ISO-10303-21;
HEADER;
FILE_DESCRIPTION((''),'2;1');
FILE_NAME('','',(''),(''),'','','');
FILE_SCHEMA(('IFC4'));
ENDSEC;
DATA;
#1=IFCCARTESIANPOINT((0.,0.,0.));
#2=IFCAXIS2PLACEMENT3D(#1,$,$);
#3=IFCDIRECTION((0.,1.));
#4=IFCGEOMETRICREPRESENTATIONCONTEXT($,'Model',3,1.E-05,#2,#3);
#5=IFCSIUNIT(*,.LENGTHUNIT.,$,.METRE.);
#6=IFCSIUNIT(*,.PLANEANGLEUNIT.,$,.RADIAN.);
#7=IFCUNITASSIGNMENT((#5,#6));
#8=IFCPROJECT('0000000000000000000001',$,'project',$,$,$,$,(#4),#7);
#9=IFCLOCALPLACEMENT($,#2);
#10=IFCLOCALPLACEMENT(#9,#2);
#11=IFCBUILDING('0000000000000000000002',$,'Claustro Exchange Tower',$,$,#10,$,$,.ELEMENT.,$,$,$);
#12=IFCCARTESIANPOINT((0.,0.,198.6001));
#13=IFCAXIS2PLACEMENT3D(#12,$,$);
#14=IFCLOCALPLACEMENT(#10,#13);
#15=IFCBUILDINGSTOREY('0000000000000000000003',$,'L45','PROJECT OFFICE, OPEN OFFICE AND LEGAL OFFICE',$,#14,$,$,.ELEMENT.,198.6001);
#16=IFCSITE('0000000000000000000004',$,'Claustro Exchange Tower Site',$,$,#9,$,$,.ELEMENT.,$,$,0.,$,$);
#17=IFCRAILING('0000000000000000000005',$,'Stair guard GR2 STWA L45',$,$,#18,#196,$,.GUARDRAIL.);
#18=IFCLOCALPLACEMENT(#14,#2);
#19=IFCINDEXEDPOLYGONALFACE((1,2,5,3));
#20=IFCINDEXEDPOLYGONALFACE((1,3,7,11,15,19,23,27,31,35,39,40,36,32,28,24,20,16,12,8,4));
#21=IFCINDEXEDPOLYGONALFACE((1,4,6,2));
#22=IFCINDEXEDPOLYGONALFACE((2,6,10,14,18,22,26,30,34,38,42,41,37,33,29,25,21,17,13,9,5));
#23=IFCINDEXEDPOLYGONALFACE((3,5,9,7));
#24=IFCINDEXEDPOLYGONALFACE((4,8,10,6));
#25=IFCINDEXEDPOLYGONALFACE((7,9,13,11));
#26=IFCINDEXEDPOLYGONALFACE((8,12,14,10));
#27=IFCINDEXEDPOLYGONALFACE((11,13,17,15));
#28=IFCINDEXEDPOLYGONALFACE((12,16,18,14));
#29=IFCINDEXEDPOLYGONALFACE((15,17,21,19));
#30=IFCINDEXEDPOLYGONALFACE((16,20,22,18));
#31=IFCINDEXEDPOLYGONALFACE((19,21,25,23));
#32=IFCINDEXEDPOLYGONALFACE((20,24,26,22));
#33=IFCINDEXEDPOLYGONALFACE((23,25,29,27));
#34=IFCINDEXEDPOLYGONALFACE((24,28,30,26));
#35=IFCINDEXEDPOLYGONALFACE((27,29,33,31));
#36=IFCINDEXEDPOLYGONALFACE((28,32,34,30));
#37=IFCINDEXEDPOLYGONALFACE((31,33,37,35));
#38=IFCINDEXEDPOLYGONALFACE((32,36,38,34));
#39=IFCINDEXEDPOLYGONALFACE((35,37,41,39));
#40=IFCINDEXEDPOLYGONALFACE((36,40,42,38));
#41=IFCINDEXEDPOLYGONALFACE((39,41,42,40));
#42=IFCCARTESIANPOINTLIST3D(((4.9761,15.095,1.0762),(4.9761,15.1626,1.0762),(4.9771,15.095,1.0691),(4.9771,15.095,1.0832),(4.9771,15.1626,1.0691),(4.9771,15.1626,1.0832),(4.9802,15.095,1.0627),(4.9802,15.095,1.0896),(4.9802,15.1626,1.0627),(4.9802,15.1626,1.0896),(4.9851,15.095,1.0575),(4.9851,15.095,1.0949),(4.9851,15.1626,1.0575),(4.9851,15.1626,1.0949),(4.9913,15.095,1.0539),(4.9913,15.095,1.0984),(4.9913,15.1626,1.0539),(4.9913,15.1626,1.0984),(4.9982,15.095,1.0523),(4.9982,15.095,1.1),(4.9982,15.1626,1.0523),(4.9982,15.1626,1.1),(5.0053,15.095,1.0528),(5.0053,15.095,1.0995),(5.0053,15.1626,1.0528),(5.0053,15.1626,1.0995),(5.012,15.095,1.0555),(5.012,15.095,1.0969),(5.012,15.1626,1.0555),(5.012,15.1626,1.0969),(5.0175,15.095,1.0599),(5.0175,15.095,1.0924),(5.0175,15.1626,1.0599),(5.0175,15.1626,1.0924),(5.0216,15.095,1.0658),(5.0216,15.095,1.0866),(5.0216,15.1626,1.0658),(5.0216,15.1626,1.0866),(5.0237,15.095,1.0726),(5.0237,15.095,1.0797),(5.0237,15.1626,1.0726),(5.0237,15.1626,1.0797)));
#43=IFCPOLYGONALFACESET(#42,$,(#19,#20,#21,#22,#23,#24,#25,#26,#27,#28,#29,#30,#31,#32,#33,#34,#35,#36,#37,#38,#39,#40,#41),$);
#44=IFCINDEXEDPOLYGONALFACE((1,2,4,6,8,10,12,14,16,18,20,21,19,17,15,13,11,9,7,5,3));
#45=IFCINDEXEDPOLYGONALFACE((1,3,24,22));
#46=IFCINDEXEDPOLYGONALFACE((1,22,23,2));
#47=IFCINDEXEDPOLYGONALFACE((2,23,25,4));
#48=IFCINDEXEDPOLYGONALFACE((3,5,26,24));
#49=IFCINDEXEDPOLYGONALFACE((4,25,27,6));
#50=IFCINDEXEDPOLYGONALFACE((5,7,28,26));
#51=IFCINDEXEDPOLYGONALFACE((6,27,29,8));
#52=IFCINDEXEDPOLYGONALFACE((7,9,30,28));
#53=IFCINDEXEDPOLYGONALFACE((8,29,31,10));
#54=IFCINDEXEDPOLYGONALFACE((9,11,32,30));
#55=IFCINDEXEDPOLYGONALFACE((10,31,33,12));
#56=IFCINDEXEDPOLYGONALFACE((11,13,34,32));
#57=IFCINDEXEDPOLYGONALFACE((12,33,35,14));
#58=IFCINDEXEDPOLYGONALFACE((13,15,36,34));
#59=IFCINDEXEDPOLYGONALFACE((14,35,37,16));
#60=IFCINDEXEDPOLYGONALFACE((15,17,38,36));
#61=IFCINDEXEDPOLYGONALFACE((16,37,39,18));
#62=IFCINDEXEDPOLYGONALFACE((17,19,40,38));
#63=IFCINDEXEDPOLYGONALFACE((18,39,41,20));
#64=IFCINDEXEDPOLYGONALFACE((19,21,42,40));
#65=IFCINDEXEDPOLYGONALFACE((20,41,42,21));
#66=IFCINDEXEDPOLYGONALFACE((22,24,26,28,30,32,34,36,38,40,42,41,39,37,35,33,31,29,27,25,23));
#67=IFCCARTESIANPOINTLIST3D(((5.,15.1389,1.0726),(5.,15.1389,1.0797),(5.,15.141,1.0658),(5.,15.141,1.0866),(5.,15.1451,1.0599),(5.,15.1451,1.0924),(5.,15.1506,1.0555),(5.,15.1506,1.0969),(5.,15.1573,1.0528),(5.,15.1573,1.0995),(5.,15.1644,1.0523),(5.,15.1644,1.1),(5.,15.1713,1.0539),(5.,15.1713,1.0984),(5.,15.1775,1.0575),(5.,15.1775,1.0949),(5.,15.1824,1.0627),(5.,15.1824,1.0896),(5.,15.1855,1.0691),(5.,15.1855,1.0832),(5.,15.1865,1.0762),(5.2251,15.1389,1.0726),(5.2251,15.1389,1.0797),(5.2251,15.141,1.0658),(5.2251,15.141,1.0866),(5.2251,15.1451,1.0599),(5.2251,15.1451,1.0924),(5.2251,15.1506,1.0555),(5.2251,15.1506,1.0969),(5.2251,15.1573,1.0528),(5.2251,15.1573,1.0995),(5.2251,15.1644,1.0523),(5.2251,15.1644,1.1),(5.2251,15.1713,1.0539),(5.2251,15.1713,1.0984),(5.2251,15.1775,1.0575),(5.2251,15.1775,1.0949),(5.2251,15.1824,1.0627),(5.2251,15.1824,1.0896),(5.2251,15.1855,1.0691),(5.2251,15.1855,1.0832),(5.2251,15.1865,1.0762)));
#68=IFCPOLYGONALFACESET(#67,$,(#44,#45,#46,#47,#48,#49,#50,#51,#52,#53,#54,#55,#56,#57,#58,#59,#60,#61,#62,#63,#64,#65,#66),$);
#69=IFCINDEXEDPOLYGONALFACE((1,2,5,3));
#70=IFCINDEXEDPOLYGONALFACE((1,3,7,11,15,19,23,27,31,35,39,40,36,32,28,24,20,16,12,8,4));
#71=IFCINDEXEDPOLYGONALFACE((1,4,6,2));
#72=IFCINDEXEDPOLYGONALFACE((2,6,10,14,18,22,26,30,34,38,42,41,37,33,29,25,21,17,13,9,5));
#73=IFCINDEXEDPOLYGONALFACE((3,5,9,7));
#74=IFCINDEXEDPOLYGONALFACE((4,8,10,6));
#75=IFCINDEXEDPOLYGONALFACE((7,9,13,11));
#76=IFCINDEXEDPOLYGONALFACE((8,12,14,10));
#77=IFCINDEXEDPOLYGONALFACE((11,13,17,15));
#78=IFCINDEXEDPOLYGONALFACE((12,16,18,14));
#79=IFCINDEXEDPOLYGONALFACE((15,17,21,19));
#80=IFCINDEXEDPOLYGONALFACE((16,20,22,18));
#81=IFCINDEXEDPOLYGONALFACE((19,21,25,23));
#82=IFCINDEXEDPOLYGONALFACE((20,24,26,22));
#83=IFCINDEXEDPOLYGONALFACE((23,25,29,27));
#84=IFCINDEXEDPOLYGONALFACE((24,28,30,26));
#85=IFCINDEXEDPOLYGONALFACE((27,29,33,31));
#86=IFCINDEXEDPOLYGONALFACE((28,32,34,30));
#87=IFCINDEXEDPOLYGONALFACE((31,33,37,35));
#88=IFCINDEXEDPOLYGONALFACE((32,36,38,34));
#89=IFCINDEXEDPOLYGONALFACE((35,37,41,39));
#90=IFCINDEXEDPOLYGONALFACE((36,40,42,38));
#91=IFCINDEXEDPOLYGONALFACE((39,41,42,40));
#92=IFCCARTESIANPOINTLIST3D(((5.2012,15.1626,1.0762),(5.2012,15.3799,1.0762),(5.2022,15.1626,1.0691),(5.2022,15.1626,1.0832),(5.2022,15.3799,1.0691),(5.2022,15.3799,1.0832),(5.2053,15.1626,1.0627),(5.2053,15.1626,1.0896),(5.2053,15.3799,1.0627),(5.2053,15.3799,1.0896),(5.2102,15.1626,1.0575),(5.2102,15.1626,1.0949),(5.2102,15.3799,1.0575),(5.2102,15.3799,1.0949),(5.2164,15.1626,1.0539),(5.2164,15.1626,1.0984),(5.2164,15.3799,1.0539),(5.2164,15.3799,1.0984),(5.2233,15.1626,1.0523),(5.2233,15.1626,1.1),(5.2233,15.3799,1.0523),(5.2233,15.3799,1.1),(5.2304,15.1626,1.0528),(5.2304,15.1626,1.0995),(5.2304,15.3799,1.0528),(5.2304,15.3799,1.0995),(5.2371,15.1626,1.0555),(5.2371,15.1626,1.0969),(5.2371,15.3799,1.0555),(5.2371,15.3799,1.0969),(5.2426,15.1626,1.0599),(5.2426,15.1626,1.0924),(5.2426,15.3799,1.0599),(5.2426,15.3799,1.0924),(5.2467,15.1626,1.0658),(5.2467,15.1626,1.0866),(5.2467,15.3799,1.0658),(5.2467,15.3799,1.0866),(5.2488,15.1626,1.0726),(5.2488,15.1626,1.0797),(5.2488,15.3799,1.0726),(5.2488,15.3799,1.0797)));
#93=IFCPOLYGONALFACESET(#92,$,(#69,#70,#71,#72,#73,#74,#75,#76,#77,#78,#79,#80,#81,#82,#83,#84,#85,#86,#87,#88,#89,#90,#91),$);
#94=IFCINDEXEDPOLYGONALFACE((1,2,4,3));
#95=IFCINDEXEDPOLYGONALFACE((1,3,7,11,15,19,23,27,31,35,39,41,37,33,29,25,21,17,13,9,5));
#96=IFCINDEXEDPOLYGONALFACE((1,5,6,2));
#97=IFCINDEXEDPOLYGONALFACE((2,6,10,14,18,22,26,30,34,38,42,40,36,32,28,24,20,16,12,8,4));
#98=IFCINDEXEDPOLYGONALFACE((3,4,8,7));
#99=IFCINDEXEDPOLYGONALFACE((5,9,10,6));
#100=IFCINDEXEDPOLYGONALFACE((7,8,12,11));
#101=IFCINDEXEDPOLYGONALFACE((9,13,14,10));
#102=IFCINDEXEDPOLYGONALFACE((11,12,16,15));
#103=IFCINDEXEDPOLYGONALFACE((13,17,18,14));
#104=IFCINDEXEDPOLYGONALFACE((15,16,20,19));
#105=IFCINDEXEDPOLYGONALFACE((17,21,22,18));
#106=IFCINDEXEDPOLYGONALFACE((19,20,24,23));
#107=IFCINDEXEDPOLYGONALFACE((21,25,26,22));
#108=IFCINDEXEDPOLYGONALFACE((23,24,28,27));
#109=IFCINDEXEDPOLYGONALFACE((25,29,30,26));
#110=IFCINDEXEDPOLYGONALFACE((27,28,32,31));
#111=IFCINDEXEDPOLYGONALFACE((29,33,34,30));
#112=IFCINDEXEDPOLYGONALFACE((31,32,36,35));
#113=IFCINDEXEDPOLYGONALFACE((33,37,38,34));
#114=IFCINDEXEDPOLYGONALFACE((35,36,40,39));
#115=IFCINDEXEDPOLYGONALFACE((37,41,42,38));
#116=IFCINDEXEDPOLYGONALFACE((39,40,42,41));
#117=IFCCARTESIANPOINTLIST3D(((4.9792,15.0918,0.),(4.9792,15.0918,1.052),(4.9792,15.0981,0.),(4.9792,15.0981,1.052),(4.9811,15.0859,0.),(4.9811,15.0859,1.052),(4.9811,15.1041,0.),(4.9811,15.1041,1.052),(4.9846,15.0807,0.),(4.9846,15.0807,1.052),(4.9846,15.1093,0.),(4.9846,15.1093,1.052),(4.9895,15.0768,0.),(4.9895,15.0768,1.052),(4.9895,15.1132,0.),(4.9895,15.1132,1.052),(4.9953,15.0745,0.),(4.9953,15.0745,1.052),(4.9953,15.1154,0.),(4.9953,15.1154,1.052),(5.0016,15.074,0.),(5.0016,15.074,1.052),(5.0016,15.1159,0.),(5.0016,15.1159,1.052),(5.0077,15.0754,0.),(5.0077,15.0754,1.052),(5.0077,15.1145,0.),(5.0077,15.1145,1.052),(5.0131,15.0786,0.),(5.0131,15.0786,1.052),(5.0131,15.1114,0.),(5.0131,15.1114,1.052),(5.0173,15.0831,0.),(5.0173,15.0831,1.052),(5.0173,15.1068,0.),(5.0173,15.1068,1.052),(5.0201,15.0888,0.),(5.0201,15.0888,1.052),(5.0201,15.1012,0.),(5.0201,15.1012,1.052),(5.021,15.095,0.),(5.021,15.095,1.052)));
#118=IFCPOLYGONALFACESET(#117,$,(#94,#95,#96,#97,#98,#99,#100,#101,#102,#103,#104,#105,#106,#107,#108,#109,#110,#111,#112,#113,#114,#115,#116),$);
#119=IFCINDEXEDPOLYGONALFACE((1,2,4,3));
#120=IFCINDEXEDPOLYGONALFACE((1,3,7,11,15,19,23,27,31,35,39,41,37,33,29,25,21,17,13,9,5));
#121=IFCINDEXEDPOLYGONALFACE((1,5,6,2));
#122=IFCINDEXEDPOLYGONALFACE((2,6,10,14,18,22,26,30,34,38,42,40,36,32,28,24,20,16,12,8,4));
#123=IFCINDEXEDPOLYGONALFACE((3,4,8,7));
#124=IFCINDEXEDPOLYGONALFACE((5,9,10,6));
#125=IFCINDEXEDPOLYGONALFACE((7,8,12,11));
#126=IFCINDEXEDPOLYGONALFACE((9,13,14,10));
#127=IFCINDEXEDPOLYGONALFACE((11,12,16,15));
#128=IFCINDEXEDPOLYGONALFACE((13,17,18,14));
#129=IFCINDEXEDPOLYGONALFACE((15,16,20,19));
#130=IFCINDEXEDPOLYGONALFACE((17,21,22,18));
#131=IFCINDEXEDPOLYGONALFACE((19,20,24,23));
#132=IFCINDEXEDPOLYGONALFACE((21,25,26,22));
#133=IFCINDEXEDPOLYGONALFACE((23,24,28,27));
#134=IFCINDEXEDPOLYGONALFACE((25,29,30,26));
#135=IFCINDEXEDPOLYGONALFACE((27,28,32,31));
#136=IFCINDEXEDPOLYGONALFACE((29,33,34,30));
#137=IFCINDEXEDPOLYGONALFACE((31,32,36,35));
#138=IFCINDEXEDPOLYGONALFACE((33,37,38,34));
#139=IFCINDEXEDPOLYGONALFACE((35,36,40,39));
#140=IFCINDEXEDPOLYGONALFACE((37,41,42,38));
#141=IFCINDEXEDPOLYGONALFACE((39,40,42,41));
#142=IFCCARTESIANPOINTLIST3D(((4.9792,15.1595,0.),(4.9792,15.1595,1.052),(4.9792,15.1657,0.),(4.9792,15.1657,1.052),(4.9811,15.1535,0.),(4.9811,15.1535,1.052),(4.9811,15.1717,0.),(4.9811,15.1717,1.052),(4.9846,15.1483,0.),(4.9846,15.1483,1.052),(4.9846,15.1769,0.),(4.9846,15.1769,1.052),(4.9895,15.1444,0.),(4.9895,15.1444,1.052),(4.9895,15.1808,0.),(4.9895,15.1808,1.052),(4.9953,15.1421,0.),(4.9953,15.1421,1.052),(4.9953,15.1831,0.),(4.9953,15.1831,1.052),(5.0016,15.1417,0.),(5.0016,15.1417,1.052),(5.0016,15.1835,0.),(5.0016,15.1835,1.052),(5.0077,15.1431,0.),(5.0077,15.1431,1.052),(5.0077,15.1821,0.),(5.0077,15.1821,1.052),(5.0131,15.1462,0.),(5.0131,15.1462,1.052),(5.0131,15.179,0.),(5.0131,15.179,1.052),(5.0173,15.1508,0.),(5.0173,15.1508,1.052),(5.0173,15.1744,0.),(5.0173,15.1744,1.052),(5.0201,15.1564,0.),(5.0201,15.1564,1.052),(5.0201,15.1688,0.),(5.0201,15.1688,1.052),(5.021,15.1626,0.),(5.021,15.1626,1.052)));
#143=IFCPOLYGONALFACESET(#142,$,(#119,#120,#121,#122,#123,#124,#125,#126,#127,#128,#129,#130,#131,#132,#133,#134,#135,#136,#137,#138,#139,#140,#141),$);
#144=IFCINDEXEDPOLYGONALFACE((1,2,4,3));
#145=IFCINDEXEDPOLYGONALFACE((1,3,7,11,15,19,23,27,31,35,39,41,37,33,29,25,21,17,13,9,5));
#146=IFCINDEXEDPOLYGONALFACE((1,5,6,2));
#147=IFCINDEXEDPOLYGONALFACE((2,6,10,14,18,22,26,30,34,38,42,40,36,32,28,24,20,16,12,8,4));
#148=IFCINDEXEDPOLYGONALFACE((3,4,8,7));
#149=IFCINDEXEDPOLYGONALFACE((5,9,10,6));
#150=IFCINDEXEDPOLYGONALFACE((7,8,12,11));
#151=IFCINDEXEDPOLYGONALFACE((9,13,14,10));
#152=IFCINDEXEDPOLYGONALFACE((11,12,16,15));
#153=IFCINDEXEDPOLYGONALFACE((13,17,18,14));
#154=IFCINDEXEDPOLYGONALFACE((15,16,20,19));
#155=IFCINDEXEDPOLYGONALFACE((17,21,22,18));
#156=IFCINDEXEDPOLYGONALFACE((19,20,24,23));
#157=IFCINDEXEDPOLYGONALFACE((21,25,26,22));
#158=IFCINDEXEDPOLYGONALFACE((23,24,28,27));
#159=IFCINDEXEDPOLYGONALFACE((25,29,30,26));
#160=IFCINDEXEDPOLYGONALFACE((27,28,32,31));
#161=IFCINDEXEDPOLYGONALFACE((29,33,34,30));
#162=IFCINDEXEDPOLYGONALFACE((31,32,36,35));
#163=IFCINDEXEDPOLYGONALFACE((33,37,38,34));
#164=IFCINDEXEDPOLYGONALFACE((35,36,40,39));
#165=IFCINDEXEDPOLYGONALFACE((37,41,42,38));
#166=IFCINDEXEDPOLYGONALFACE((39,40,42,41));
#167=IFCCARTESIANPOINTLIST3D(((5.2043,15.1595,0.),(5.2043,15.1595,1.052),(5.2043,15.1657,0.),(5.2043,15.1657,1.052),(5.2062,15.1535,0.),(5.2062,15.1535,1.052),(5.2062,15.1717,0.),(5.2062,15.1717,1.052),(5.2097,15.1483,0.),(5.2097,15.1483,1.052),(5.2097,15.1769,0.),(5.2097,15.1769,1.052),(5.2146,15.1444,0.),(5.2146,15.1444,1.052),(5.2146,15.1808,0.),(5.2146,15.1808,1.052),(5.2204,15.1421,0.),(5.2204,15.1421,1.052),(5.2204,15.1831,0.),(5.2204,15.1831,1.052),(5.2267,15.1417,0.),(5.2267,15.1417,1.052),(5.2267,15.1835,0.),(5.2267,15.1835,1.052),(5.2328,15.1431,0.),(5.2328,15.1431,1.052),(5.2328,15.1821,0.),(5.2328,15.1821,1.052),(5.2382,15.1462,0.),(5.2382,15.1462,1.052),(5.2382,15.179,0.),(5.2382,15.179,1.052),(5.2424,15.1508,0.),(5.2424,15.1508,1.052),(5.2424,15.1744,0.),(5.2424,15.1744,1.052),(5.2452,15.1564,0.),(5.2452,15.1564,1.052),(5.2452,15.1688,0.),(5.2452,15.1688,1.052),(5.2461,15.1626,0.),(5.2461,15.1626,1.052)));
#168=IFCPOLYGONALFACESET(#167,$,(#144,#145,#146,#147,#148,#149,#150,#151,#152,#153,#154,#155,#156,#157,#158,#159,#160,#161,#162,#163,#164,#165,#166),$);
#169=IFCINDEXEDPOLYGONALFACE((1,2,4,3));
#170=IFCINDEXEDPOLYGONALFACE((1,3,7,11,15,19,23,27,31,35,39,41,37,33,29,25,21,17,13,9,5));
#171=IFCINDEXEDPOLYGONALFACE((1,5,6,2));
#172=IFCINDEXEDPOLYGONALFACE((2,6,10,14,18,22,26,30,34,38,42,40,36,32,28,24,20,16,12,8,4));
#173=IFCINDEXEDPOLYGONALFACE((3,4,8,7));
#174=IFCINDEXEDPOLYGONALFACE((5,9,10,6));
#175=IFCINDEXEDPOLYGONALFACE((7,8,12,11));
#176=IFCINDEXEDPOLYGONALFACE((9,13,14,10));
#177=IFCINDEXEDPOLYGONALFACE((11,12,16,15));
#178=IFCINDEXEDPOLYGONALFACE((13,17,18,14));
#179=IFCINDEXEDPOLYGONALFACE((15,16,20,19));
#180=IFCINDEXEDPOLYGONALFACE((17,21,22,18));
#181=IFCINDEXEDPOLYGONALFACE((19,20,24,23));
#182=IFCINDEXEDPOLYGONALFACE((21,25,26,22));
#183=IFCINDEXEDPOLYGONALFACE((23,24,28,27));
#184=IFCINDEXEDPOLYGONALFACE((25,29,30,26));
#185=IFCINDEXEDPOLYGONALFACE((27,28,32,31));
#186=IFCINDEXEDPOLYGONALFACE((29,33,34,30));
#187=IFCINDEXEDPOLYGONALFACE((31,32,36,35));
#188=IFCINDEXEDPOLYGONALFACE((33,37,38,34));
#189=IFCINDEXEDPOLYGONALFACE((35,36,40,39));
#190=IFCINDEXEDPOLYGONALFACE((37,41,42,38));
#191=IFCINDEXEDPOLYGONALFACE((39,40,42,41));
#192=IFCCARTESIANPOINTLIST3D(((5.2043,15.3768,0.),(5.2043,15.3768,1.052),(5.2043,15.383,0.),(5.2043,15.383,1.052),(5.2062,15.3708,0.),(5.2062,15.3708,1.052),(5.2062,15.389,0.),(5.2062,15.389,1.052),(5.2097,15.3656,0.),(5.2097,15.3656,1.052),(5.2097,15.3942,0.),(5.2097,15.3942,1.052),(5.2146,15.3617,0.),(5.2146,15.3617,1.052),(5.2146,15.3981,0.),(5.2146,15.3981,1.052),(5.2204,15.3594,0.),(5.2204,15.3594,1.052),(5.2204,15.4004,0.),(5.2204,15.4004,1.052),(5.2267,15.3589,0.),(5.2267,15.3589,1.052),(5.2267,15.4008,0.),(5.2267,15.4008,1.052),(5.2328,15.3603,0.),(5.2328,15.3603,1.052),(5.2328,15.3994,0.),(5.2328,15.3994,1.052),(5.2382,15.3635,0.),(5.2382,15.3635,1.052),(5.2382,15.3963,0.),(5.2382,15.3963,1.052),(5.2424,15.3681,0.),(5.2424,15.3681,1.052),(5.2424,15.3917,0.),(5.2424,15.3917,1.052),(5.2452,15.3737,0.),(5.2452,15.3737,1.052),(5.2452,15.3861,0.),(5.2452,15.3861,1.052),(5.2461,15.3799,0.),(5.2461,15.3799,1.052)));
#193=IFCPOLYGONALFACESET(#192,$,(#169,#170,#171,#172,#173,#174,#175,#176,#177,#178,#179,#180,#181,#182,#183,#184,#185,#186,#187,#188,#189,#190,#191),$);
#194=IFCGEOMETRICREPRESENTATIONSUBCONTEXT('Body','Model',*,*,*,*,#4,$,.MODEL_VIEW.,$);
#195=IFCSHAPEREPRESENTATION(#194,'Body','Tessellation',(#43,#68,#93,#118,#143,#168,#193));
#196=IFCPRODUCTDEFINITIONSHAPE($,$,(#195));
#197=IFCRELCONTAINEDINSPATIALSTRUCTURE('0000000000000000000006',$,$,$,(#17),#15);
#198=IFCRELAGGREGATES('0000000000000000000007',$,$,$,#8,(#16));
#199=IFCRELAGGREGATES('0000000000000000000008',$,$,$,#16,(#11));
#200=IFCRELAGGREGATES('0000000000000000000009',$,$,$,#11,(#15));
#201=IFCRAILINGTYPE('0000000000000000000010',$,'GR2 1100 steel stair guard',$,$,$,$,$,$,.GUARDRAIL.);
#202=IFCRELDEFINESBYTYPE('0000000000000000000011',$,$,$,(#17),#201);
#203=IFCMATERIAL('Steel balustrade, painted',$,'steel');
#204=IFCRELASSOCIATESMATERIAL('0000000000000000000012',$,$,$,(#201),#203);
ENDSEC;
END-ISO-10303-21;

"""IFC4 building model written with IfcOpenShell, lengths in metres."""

from ifc_helpers import new_model, si_unit, direction, frame, origin, origin_2d, place, context, subcontext, project, spatial, circle, extrude, material, type_object, element, save


model = new_model("IFC4")

# Units and contexts
model_context = context("Model", 3, precision=1e-05, world=origin(), true_north=direction((0.0, 1.0)))
body_context = subcontext(model_context, "Body", "Model", "MODEL_VIEW")
ifc_project = project(units=[si_unit("LENGTHUNIT", "METRE"), si_unit("PLANEANGLEUNIT", "RADIAN")], contexts=[model_context])

# Site, building, storey
site_placement = place(None, origin())
site = spatial("IfcSite", under=ifc_project, at=site_placement, Name="Claustro Exchange Tower Site", CompositionType="ELEMENT", RefElevation=0.0)
building_placement = place(site_placement, origin())
building = spatial("IfcBuilding", under=site, at=building_placement, Name="Claustro Exchange Tower", CompositionType="ELEMENT")
storey_placement = place(building_placement, frame((0.0, 0.0, 198.6001)))
storey = spatial("IfcBuildingStorey", under=building, at=storey_placement, Name="L45", Description="PROJECT OFFICE, OPEN OFFICE AND LEGAL OFFICE", CompositionType="ELEMENT", Elevation=198.6001)

# Railing
ifc_material_1 = material(Name="Steel balustrade, painted", Category="steel")
railing_type_1 = type_object("IfcRailingType", Name="GR2 1100 steel stair guard", PredefinedType="GUARDRAIL", material=ifc_material_1)
railing_1_placement = place(storey_placement, frame((5.0, 15.095, 0.0)))
element("IfcRailing", 1, at=railing_1_placement, inside=storey, type_object=railing_type_1, Name="Stair guard GR2 STWA L45", PredefinedType="GUARDRAIL", context=body_context, shape_type="SweptSolid", body=[
    extrude(circle(Radius=0.0239, at=origin_2d()), frame((0.0, 0.0, 1.0762), z_axis=(0.0, 1.0, 0.0), x_axis=(-1.0, 0.0, 0.0)), (0.0, 0.0, 1.0), 0.0676),
    extrude(circle(Radius=0.0239, at=origin_2d()), frame((0.0, 0.0676, 1.0762), z_axis=(1.0, 0.0, 0.0), x_axis=(0.0, 1.0, 0.0)), (0.0, 0.0, 1.0), 0.2251),
    extrude(circle(Radius=0.0239, at=origin_2d()), frame((0.2251, 0.0676, 1.0762), z_axis=(0.0, 1.0, 0.0), x_axis=(-1.0, 0.0, 0.0)), (0.0, 0.0, 1.0), 0.2173),
    extrude(circle(Radius=0.021, at=origin_2d()), origin(), (0.0, 0.0, 1.0), 1.052),
    extrude(circle(Radius=0.021, at=origin_2d()), frame((0.0, 0.0676, 0.0)), (0.0, 0.0, 1.0), 1.052),
    extrude(circle(Radius=0.021, at=origin_2d()), frame((0.2251, 0.0676, 0.0)), (0.0, 0.0, 1.0), 1.052),
    extrude(circle(Radius=0.021, at=origin_2d()), frame((0.2251, 0.2849, 0.0)), (0.0, 0.0, 1.0), 1.052),
])

save(model, "model.ifc")
